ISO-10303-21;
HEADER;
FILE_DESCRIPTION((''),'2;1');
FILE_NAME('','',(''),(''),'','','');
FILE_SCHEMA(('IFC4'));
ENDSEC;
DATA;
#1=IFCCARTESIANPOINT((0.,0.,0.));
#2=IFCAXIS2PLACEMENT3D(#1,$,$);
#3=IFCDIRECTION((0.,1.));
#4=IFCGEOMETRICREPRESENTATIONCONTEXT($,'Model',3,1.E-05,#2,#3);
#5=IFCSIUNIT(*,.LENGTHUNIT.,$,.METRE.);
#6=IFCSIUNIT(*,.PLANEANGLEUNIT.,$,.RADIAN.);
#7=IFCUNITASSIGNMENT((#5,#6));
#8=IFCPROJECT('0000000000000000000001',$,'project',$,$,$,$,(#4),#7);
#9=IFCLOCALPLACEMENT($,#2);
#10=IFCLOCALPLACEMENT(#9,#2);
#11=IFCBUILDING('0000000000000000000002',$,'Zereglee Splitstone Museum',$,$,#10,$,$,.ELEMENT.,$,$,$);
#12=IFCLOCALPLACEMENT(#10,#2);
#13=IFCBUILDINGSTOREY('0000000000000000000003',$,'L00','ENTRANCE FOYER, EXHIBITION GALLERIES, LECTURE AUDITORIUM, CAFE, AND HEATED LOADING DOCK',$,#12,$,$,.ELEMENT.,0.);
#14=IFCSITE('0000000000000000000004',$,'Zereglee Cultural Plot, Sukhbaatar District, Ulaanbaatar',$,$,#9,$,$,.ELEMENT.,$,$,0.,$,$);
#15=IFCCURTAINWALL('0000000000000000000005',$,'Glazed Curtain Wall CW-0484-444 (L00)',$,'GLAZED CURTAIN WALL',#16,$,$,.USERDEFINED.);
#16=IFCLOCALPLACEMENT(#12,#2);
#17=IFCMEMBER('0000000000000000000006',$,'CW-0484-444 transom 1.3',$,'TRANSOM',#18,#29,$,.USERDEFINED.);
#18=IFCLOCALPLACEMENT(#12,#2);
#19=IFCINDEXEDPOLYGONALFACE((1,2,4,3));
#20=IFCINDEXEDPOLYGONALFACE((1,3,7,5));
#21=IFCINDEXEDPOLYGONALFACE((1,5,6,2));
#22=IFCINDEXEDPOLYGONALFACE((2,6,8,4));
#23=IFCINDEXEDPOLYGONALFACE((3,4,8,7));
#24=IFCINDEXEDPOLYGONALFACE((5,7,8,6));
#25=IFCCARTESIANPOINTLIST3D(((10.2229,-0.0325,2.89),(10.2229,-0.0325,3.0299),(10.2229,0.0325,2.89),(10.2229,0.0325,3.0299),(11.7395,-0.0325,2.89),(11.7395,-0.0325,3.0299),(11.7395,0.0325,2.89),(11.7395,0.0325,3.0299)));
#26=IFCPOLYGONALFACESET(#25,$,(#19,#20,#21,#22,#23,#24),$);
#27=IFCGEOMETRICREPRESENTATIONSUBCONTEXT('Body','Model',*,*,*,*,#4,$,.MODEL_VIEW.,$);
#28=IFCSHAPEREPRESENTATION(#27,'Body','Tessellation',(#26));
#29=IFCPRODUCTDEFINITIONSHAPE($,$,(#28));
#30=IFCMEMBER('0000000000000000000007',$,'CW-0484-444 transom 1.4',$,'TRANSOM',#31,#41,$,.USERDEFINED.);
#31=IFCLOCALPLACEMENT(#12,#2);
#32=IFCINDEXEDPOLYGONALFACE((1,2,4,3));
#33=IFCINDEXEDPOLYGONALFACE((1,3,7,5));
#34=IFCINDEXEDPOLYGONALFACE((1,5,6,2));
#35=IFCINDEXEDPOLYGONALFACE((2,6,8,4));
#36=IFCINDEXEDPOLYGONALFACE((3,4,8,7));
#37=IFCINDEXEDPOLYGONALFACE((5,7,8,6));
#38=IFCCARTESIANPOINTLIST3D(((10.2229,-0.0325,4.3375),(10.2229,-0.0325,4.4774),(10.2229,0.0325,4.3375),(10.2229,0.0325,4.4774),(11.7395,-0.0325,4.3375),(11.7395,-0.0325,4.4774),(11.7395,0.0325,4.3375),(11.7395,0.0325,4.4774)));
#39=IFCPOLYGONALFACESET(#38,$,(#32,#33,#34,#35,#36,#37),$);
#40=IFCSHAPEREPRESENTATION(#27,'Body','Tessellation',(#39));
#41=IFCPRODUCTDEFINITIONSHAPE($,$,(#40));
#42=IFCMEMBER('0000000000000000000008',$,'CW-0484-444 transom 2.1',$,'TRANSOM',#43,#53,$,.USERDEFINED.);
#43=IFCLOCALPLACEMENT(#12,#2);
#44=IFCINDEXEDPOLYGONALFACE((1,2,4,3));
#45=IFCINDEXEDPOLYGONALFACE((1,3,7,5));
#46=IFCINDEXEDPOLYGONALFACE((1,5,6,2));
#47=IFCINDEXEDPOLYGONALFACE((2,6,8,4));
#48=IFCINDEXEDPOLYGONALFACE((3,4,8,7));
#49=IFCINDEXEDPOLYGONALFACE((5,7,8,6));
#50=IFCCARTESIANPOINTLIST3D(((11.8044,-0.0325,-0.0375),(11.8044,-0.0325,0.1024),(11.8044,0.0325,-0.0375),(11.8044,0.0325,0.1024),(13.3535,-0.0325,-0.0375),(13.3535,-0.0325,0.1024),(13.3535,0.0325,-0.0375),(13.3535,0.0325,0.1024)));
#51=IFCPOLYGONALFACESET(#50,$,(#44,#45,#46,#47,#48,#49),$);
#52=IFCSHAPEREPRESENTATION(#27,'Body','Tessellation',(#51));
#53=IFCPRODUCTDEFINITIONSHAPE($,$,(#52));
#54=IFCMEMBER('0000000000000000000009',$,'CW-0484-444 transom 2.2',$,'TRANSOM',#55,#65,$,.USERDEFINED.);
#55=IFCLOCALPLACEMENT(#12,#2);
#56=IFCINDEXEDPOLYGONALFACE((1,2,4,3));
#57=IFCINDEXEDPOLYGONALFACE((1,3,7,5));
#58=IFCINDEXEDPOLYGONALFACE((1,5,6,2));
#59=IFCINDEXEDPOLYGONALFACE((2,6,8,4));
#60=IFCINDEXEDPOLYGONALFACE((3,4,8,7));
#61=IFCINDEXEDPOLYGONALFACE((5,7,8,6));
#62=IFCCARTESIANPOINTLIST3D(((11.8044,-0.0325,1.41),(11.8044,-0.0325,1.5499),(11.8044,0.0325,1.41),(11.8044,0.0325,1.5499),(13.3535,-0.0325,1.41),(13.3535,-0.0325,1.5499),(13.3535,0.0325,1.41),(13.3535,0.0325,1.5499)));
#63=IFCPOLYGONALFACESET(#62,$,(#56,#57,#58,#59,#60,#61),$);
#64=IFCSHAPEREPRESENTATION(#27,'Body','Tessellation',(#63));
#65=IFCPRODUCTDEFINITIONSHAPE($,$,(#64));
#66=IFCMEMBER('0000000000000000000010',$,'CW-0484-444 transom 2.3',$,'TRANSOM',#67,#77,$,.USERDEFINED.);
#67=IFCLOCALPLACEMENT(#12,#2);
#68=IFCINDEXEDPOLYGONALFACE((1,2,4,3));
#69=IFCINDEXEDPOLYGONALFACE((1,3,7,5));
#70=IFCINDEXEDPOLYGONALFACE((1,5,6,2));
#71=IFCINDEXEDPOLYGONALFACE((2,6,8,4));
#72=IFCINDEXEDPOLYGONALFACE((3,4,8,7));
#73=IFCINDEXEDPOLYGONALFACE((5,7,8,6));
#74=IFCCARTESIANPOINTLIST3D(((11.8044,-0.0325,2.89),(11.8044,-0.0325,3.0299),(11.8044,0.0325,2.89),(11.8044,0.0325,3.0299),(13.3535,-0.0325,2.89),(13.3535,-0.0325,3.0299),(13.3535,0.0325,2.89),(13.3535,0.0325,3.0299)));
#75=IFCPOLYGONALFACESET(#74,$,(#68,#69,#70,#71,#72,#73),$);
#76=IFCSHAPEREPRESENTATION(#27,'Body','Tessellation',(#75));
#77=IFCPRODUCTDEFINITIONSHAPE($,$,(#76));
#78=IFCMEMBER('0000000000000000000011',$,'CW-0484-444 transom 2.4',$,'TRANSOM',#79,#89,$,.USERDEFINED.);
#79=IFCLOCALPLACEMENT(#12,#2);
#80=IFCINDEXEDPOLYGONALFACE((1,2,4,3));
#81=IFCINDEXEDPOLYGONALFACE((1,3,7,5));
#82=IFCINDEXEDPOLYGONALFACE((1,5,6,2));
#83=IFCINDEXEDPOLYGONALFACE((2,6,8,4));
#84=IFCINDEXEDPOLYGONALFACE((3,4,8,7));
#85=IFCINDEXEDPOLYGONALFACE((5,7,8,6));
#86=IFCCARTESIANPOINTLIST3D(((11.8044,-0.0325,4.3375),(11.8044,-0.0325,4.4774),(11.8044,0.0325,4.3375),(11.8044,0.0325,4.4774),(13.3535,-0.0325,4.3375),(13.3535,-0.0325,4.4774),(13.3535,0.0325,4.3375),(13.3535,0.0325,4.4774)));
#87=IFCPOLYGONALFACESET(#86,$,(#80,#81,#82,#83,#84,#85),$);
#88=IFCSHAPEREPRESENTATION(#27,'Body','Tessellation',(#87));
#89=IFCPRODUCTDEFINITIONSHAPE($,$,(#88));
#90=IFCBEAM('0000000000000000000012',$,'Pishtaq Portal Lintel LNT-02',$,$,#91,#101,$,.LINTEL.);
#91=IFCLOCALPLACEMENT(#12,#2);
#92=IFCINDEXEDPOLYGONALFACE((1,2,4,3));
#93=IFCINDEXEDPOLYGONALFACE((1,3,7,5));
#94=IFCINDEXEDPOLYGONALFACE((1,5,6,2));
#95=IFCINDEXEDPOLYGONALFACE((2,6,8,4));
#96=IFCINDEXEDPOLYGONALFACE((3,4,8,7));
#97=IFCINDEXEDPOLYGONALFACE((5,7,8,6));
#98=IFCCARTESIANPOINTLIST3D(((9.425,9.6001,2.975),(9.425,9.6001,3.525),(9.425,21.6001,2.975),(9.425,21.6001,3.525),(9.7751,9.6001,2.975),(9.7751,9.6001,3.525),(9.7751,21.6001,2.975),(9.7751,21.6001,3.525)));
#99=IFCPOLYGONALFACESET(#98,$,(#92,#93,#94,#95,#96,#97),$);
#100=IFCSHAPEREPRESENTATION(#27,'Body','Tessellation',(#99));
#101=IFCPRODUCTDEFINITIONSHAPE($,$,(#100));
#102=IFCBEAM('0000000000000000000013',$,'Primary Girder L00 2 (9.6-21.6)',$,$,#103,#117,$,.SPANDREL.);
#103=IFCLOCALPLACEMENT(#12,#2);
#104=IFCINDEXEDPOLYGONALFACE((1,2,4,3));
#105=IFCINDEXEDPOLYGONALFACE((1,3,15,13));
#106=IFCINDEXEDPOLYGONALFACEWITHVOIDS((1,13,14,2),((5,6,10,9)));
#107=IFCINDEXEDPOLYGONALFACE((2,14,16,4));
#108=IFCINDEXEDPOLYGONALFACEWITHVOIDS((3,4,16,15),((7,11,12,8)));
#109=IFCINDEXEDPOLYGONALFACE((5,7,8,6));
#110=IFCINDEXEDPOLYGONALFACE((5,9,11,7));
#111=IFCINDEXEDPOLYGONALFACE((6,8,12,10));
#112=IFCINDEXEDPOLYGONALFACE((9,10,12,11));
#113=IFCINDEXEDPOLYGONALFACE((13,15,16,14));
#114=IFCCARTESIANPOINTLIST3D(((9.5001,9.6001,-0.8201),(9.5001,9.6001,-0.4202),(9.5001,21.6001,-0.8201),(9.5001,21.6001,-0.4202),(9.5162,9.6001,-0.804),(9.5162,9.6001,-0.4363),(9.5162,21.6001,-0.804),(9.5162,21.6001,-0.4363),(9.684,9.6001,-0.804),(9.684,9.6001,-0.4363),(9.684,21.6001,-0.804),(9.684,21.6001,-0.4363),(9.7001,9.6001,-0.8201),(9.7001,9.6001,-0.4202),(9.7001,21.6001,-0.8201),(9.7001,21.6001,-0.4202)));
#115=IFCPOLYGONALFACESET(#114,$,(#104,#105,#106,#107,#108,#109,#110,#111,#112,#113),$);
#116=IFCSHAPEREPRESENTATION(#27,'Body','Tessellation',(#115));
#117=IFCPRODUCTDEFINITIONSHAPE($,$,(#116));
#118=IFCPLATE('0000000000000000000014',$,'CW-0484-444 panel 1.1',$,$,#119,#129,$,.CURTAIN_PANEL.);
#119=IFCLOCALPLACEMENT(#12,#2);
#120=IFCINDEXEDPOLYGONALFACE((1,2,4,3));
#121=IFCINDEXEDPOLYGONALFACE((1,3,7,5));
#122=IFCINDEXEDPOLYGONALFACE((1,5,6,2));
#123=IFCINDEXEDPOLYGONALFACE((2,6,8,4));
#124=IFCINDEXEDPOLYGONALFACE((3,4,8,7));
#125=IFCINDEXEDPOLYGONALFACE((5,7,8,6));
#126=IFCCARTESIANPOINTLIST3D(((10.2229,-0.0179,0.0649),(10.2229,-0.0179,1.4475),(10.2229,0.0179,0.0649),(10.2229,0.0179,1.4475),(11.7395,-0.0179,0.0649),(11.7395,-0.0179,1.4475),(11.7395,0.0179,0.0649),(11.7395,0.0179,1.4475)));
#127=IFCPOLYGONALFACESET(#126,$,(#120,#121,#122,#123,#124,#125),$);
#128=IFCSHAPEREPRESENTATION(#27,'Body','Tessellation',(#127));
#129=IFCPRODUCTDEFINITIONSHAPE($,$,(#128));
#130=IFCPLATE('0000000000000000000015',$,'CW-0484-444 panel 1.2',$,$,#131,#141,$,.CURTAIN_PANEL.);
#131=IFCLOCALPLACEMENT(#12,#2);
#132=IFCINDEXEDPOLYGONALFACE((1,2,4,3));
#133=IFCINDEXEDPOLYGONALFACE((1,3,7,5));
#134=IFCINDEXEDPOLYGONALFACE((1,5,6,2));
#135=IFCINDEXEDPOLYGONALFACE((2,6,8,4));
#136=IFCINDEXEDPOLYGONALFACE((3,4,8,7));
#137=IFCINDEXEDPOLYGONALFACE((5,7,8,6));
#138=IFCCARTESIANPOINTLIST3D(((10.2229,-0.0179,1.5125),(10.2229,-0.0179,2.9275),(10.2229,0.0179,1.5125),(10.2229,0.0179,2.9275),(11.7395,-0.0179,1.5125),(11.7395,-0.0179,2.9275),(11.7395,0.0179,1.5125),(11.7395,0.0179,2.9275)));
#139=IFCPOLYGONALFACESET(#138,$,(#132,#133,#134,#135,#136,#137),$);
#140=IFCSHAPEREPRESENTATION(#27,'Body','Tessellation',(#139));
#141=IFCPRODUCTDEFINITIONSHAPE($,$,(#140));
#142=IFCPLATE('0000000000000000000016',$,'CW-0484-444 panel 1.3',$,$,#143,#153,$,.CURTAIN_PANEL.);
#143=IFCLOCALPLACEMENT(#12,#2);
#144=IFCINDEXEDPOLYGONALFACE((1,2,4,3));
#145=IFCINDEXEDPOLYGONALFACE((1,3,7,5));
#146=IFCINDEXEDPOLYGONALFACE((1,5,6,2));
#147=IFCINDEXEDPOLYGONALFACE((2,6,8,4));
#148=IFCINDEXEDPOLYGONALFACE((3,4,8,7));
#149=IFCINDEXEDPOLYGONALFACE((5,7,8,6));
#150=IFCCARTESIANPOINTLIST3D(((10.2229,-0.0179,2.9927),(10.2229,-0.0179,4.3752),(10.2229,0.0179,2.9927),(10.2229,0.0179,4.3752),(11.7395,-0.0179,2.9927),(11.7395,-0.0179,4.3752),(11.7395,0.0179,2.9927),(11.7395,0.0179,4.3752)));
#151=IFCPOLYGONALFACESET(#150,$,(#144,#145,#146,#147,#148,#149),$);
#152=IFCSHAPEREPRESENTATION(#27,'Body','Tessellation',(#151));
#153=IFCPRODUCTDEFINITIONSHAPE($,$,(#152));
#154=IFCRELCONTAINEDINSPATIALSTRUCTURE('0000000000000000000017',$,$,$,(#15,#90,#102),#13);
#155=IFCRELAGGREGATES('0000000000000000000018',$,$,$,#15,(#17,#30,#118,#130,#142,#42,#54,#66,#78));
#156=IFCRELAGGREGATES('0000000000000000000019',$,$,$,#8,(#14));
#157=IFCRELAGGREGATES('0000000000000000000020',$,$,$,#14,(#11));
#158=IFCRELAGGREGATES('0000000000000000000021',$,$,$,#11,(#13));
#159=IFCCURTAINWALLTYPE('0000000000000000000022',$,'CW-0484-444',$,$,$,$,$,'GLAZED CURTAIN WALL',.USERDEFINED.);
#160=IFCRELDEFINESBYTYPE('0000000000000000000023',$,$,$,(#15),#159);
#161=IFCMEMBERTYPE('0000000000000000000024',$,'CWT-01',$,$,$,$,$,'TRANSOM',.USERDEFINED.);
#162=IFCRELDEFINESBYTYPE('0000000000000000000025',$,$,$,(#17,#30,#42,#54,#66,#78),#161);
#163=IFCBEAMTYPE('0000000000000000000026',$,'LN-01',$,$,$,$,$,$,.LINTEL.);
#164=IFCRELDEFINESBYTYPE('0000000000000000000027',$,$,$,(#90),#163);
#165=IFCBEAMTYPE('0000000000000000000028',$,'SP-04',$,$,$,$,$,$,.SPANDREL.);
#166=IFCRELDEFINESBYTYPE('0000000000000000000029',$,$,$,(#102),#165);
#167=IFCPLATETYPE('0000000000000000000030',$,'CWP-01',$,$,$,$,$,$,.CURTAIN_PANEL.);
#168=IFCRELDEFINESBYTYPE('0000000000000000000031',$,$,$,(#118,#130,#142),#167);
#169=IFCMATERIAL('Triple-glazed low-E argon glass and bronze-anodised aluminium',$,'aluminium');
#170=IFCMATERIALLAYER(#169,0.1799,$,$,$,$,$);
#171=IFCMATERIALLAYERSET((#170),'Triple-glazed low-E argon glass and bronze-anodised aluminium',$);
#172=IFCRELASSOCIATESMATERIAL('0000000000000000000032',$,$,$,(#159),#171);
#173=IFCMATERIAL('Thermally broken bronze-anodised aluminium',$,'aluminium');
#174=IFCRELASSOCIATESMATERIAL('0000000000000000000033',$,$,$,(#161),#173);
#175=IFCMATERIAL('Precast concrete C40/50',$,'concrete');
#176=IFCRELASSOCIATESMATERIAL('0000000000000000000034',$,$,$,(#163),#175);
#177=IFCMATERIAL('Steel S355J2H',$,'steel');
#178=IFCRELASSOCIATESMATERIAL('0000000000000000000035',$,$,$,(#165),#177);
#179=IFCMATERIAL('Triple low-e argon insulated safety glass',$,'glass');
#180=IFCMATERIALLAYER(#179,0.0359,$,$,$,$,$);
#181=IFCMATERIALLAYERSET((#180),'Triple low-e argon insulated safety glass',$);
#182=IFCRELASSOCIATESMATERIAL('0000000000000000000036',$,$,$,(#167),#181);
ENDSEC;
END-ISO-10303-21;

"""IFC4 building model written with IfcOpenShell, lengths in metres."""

from ifc_helpers import new_model, si_unit, direction, frame, origin, origin_2d, place, context, subcontext, project, spatial, rectangle, hollow_rectangle, extrude, material, layer, layer_set, material_profile, profile_set, type_object, element, aggregate, save


model = new_model("IFC4")

# Units and contexts
model_context = context("Model", 3, precision=1e-05, world=origin(), true_north=direction((0.0, 1.0)))
body_context = subcontext(model_context, "Body", "Model", "MODEL_VIEW")
ifc_project = project(units=[si_unit("LENGTHUNIT", "METRE"), si_unit("PLANEANGLEUNIT", "RADIAN")], contexts=[model_context])

# Site, building, storey
site_placement = place(None, origin())
site = spatial("IfcSite", under=ifc_project, at=site_placement, Name="Zereglee Cultural Plot, Sukhbaatar District, Ulaanbaatar", CompositionType="ELEMENT", RefElevation=0.0)
building_placement = place(site_placement, origin())
building = spatial("IfcBuilding", under=site, at=building_placement, Name="Zereglee Splitstone Museum", CompositionType="ELEMENT")
storey_placement = place(building_placement, origin())
storey = spatial("IfcBuildingStorey", under=building, at=storey_placement, Name="L00", Description="ENTRANCE FOYER, EXHIBITION GALLERIES, LECTURE AUDITORIUM, CAFE, AND HEATED LOADING DOCK", CompositionType="ELEMENT", Elevation=0.0)

# Shared definitions
ifc_material_1 = material(Name="Triple-glazed low-E argon glass and bronze-anodised aluminium", Category="aluminium")
ifc_material_2 = material(Name="Thermally broken bronze-anodised aluminium", Category="aluminium")

# Curtain wall, members
ifc_layer_1 = layer(ifc_material_1, 0.1799)
ifc_layer_set_1 = layer_set([ifc_layer_1], Name="Triple-glazed low-E argon glass and bronze-anodised aluminium")
curtain_wall_type_1 = type_object("IfcCurtainWallType", Name="CW-0484-444", ElementType="GLAZED CURTAIN WALL", PredefinedType="USERDEFINED", material=ifc_layer_set_1)
curtain_wall_1_placement = place(storey_placement, origin())
curtain_wall_1 = element("IfcCurtainWall", 1, at=curtain_wall_1_placement, inside=storey, type_object=curtain_wall_type_1, Name="Glazed Curtain Wall CW-0484-444 (L00)", ObjectType="GLAZED CURTAIN WALL", PredefinedType="USERDEFINED")
ifc_material_profile_1 = material_profile(ifc_material_2, rectangle(XDim=0.0649, YDim=0.1399, at=origin_2d()), Name="CW TRAN 65x140")
ifc_profile_set_1 = profile_set([ifc_material_profile_1], Name="Thermally broken bronze-anodised aluminium")
member_type_1 = type_object("IfcMemberType", Name="CWT-01", ElementType="TRANSOM", PredefinedType="USERDEFINED", material=ifc_profile_set_1)
member_1_placement = place(storey_placement, frame((10.2229, 0.0, 2.96), z_axis=(1.0, 0.0, 0.0), x_axis=(0.0, 1.0, 0.0)))
member_1 = element("IfcMember", 2, at=member_1_placement, type_object=member_type_1, Name="CW-0484-444 transom 1.3", ObjectType="TRANSOM", PredefinedType="USERDEFINED", context=body_context, shape_type="SweptSolid", body=[
    extrude(rectangle(XDim=0.0649, YDim=0.1399, at=origin_2d()), origin(), (0.0, 0.0, 1.0), 1.5166),
])
member_2_placement = place(storey_placement, frame((10.2229, 0.0, 4.4075), z_axis=(1.0, 0.0, 0.0), x_axis=(0.0, 1.0, 0.0)))
member_2 = element("IfcMember", 3, at=member_2_placement, type_object=member_type_1, Name="CW-0484-444 transom 1.4", ObjectType="TRANSOM", PredefinedType="USERDEFINED", context=body_context, shape_type="SweptSolid", body=[
    extrude(rectangle(XDim=0.0649, YDim=0.1399, at=origin_2d()), origin(), (0.0, 0.0, 1.0), 1.5166),
])
member_3_placement = place(storey_placement, frame((11.8044, 0.0, 0.0325), z_axis=(1.0, 0.0, 0.0), x_axis=(0.0, 1.0, 0.0)))
member_3 = element("IfcMember", 4, at=member_3_placement, type_object=member_type_1, Name="CW-0484-444 transom 2.1", ObjectType="TRANSOM", PredefinedType="USERDEFINED", context=body_context, shape_type="SweptSolid", body=[
    extrude(rectangle(XDim=0.0649, YDim=0.1399, at=origin_2d()), origin(), (0.0, 0.0, 1.0), 1.5491),
])
member_4_placement = place(storey_placement, frame((11.8044, 0.0, 1.48), z_axis=(1.0, 0.0, 0.0), x_axis=(0.0, 1.0, 0.0)))
member_4 = element("IfcMember", 5, at=member_4_placement, type_object=member_type_1, Name="CW-0484-444 transom 2.2", ObjectType="TRANSOM", PredefinedType="USERDEFINED", context=body_context, shape_type="SweptSolid", body=[
    extrude(rectangle(XDim=0.0649, YDim=0.1399, at=origin_2d()), origin(), (0.0, 0.0, 1.0), 1.5491),
])
member_5_placement = place(storey_placement, frame((11.8044, 0.0, 2.96), z_axis=(1.0, 0.0, 0.0), x_axis=(0.0, 1.0, 0.0)))
member_5 = element("IfcMember", 6, at=member_5_placement, type_object=member_type_1, Name="CW-0484-444 transom 2.3", ObjectType="TRANSOM", PredefinedType="USERDEFINED", context=body_context, shape_type="SweptSolid", body=[
    extrude(rectangle(XDim=0.0649, YDim=0.1399, at=origin_2d()), origin(), (0.0, 0.0, 1.0), 1.5491),
])
member_6_placement = place(storey_placement, frame((11.8044, 0.0, 4.4075), z_axis=(1.0, 0.0, 0.0), x_axis=(0.0, 1.0, 0.0)))
member_6 = element("IfcMember", 7, at=member_6_placement, type_object=member_type_1, Name="CW-0484-444 transom 2.4", ObjectType="TRANSOM", PredefinedType="USERDEFINED", context=body_context, shape_type="SweptSolid", body=[
    extrude(rectangle(XDim=0.0649, YDim=0.1399, at=origin_2d()), origin(), (0.0, 0.0, 1.0), 1.5491),
])

# Beams
ifc_material_3 = material(Name="Precast concrete C40/50", Category="concrete")
ifc_material_profile_2 = material_profile(ifc_material_3, rectangle(XDim=0.3501, YDim=0.55, at=origin_2d()), Name="RC 350x550")
ifc_profile_set_2 = profile_set([ifc_material_profile_2], Name="Precast concrete C40/50")
beam_type_1 = type_object("IfcBeamType", Name="LN-01", PredefinedType="LINTEL", material=ifc_profile_set_2)
beam_1_placement = place(storey_placement, frame((9.6001, 9.6001, 3.25), z_axis=(0.0, 1.0, 0.0), x_axis=(-1.0, 0.0, 0.0)))
element("IfcBeam", 8, at=beam_1_placement, inside=storey, type_object=beam_type_1, Name="Pishtaq Portal Lintel LNT-02", PredefinedType="LINTEL", context=body_context, shape_type="SweptSolid", body=[
    extrude(rectangle(XDim=0.3501, YDim=0.55, at=origin_2d()), origin(), (0.0, 0.0, 1.0), 12.0),
])
ifc_material_4 = material(Name="Steel S355J2H", Category="steel")
ifc_material_profile_3 = material_profile(ifc_material_4, hollow_rectangle(XDim=0.2, YDim=0.3999, WallThickness=0.0161, at=origin_2d()), Name="RHS 400x200x16")
ifc_profile_set_3 = profile_set([ifc_material_profile_3], Name="Steel S355J2H")
beam_type_2 = type_object("IfcBeamType", Name="SP-04", PredefinedType="SPANDREL", material=ifc_profile_set_3)
beam_2_placement = place(storey_placement, frame((9.6001, 9.6001, -0.6201), z_axis=(0.0, 1.0, 0.0), x_axis=(-1.0, 0.0, 0.0)))
element("IfcBeam", 9, at=beam_2_placement, inside=storey, type_object=beam_type_2, Name="Primary Girder L00 2 (9.6-21.6)", PredefinedType="SPANDREL", context=body_context, shape_type="SweptSolid", body=[
    extrude(hollow_rectangle(XDim=0.2, YDim=0.3999, WallThickness=0.0161, at=origin_2d()), origin(), (0.0, 0.0, 1.0), 12.0),
])

# Plates
ifc_material_5 = material(Name="Triple low-e argon insulated safety glass", Category="glass")
ifc_layer_2 = layer(ifc_material_5, 0.0359)
ifc_layer_set_2 = layer_set([ifc_layer_2], Name="Triple low-e argon insulated safety glass")
plate_type = type_object("IfcPlateType", Name="CWP-01", PredefinedType="CURTAIN_PANEL", material=ifc_layer_set_2)
plate_1_placement = place(storey_placement, frame((10.9812, 0.0, 0.0649), z_axis=(0.0, 0.0, 1.0), x_axis=(1.0, 0.0, 0.0)))
plate_1 = element("IfcPlate", 10, at=plate_1_placement, type_object=plate_type, Name="CW-0484-444 panel 1.1", PredefinedType="CURTAIN_PANEL", context=body_context, shape_type="SweptSolid", body=[
    extrude(rectangle(XDim=1.5166, YDim=0.0359, at=origin_2d()), origin(), (0.0, 0.0, 1.0), 1.3826),
])
plate_2_placement = place(storey_placement, frame((10.9812, 0.0, 1.5125), z_axis=(0.0, 0.0, 1.0), x_axis=(1.0, 0.0, 0.0)))
plate_2 = element("IfcPlate", 11, at=plate_2_placement, type_object=plate_type, Name="CW-0484-444 panel 1.2", PredefinedType="CURTAIN_PANEL", context=body_context, shape_type="SweptSolid", body=[
    extrude(rectangle(XDim=1.5166, YDim=0.0359, at=origin_2d()), origin(), (0.0, 0.0, 1.0), 1.415),
])
plate_3_placement = place(storey_placement, frame((10.9812, 0.0, 2.9927), z_axis=(0.0, 0.0, 1.0), x_axis=(1.0, 0.0, 0.0)))
plate_3 = element("IfcPlate", 12, at=plate_3_placement, type_object=plate_type, Name="CW-0484-444 panel 1.3", PredefinedType="CURTAIN_PANEL", context=body_context, shape_type="SweptSolid", body=[
    extrude(rectangle(XDim=1.5166, YDim=0.0359, at=origin_2d()), origin(), (0.0, 0.0, 1.0), 1.3826),
])
aggregate(curtain_wall_1, [member_1, member_2, plate_1, plate_2, plate_3, member_3, member_4, member_5, member_6])

save(model, "model.ifc")
